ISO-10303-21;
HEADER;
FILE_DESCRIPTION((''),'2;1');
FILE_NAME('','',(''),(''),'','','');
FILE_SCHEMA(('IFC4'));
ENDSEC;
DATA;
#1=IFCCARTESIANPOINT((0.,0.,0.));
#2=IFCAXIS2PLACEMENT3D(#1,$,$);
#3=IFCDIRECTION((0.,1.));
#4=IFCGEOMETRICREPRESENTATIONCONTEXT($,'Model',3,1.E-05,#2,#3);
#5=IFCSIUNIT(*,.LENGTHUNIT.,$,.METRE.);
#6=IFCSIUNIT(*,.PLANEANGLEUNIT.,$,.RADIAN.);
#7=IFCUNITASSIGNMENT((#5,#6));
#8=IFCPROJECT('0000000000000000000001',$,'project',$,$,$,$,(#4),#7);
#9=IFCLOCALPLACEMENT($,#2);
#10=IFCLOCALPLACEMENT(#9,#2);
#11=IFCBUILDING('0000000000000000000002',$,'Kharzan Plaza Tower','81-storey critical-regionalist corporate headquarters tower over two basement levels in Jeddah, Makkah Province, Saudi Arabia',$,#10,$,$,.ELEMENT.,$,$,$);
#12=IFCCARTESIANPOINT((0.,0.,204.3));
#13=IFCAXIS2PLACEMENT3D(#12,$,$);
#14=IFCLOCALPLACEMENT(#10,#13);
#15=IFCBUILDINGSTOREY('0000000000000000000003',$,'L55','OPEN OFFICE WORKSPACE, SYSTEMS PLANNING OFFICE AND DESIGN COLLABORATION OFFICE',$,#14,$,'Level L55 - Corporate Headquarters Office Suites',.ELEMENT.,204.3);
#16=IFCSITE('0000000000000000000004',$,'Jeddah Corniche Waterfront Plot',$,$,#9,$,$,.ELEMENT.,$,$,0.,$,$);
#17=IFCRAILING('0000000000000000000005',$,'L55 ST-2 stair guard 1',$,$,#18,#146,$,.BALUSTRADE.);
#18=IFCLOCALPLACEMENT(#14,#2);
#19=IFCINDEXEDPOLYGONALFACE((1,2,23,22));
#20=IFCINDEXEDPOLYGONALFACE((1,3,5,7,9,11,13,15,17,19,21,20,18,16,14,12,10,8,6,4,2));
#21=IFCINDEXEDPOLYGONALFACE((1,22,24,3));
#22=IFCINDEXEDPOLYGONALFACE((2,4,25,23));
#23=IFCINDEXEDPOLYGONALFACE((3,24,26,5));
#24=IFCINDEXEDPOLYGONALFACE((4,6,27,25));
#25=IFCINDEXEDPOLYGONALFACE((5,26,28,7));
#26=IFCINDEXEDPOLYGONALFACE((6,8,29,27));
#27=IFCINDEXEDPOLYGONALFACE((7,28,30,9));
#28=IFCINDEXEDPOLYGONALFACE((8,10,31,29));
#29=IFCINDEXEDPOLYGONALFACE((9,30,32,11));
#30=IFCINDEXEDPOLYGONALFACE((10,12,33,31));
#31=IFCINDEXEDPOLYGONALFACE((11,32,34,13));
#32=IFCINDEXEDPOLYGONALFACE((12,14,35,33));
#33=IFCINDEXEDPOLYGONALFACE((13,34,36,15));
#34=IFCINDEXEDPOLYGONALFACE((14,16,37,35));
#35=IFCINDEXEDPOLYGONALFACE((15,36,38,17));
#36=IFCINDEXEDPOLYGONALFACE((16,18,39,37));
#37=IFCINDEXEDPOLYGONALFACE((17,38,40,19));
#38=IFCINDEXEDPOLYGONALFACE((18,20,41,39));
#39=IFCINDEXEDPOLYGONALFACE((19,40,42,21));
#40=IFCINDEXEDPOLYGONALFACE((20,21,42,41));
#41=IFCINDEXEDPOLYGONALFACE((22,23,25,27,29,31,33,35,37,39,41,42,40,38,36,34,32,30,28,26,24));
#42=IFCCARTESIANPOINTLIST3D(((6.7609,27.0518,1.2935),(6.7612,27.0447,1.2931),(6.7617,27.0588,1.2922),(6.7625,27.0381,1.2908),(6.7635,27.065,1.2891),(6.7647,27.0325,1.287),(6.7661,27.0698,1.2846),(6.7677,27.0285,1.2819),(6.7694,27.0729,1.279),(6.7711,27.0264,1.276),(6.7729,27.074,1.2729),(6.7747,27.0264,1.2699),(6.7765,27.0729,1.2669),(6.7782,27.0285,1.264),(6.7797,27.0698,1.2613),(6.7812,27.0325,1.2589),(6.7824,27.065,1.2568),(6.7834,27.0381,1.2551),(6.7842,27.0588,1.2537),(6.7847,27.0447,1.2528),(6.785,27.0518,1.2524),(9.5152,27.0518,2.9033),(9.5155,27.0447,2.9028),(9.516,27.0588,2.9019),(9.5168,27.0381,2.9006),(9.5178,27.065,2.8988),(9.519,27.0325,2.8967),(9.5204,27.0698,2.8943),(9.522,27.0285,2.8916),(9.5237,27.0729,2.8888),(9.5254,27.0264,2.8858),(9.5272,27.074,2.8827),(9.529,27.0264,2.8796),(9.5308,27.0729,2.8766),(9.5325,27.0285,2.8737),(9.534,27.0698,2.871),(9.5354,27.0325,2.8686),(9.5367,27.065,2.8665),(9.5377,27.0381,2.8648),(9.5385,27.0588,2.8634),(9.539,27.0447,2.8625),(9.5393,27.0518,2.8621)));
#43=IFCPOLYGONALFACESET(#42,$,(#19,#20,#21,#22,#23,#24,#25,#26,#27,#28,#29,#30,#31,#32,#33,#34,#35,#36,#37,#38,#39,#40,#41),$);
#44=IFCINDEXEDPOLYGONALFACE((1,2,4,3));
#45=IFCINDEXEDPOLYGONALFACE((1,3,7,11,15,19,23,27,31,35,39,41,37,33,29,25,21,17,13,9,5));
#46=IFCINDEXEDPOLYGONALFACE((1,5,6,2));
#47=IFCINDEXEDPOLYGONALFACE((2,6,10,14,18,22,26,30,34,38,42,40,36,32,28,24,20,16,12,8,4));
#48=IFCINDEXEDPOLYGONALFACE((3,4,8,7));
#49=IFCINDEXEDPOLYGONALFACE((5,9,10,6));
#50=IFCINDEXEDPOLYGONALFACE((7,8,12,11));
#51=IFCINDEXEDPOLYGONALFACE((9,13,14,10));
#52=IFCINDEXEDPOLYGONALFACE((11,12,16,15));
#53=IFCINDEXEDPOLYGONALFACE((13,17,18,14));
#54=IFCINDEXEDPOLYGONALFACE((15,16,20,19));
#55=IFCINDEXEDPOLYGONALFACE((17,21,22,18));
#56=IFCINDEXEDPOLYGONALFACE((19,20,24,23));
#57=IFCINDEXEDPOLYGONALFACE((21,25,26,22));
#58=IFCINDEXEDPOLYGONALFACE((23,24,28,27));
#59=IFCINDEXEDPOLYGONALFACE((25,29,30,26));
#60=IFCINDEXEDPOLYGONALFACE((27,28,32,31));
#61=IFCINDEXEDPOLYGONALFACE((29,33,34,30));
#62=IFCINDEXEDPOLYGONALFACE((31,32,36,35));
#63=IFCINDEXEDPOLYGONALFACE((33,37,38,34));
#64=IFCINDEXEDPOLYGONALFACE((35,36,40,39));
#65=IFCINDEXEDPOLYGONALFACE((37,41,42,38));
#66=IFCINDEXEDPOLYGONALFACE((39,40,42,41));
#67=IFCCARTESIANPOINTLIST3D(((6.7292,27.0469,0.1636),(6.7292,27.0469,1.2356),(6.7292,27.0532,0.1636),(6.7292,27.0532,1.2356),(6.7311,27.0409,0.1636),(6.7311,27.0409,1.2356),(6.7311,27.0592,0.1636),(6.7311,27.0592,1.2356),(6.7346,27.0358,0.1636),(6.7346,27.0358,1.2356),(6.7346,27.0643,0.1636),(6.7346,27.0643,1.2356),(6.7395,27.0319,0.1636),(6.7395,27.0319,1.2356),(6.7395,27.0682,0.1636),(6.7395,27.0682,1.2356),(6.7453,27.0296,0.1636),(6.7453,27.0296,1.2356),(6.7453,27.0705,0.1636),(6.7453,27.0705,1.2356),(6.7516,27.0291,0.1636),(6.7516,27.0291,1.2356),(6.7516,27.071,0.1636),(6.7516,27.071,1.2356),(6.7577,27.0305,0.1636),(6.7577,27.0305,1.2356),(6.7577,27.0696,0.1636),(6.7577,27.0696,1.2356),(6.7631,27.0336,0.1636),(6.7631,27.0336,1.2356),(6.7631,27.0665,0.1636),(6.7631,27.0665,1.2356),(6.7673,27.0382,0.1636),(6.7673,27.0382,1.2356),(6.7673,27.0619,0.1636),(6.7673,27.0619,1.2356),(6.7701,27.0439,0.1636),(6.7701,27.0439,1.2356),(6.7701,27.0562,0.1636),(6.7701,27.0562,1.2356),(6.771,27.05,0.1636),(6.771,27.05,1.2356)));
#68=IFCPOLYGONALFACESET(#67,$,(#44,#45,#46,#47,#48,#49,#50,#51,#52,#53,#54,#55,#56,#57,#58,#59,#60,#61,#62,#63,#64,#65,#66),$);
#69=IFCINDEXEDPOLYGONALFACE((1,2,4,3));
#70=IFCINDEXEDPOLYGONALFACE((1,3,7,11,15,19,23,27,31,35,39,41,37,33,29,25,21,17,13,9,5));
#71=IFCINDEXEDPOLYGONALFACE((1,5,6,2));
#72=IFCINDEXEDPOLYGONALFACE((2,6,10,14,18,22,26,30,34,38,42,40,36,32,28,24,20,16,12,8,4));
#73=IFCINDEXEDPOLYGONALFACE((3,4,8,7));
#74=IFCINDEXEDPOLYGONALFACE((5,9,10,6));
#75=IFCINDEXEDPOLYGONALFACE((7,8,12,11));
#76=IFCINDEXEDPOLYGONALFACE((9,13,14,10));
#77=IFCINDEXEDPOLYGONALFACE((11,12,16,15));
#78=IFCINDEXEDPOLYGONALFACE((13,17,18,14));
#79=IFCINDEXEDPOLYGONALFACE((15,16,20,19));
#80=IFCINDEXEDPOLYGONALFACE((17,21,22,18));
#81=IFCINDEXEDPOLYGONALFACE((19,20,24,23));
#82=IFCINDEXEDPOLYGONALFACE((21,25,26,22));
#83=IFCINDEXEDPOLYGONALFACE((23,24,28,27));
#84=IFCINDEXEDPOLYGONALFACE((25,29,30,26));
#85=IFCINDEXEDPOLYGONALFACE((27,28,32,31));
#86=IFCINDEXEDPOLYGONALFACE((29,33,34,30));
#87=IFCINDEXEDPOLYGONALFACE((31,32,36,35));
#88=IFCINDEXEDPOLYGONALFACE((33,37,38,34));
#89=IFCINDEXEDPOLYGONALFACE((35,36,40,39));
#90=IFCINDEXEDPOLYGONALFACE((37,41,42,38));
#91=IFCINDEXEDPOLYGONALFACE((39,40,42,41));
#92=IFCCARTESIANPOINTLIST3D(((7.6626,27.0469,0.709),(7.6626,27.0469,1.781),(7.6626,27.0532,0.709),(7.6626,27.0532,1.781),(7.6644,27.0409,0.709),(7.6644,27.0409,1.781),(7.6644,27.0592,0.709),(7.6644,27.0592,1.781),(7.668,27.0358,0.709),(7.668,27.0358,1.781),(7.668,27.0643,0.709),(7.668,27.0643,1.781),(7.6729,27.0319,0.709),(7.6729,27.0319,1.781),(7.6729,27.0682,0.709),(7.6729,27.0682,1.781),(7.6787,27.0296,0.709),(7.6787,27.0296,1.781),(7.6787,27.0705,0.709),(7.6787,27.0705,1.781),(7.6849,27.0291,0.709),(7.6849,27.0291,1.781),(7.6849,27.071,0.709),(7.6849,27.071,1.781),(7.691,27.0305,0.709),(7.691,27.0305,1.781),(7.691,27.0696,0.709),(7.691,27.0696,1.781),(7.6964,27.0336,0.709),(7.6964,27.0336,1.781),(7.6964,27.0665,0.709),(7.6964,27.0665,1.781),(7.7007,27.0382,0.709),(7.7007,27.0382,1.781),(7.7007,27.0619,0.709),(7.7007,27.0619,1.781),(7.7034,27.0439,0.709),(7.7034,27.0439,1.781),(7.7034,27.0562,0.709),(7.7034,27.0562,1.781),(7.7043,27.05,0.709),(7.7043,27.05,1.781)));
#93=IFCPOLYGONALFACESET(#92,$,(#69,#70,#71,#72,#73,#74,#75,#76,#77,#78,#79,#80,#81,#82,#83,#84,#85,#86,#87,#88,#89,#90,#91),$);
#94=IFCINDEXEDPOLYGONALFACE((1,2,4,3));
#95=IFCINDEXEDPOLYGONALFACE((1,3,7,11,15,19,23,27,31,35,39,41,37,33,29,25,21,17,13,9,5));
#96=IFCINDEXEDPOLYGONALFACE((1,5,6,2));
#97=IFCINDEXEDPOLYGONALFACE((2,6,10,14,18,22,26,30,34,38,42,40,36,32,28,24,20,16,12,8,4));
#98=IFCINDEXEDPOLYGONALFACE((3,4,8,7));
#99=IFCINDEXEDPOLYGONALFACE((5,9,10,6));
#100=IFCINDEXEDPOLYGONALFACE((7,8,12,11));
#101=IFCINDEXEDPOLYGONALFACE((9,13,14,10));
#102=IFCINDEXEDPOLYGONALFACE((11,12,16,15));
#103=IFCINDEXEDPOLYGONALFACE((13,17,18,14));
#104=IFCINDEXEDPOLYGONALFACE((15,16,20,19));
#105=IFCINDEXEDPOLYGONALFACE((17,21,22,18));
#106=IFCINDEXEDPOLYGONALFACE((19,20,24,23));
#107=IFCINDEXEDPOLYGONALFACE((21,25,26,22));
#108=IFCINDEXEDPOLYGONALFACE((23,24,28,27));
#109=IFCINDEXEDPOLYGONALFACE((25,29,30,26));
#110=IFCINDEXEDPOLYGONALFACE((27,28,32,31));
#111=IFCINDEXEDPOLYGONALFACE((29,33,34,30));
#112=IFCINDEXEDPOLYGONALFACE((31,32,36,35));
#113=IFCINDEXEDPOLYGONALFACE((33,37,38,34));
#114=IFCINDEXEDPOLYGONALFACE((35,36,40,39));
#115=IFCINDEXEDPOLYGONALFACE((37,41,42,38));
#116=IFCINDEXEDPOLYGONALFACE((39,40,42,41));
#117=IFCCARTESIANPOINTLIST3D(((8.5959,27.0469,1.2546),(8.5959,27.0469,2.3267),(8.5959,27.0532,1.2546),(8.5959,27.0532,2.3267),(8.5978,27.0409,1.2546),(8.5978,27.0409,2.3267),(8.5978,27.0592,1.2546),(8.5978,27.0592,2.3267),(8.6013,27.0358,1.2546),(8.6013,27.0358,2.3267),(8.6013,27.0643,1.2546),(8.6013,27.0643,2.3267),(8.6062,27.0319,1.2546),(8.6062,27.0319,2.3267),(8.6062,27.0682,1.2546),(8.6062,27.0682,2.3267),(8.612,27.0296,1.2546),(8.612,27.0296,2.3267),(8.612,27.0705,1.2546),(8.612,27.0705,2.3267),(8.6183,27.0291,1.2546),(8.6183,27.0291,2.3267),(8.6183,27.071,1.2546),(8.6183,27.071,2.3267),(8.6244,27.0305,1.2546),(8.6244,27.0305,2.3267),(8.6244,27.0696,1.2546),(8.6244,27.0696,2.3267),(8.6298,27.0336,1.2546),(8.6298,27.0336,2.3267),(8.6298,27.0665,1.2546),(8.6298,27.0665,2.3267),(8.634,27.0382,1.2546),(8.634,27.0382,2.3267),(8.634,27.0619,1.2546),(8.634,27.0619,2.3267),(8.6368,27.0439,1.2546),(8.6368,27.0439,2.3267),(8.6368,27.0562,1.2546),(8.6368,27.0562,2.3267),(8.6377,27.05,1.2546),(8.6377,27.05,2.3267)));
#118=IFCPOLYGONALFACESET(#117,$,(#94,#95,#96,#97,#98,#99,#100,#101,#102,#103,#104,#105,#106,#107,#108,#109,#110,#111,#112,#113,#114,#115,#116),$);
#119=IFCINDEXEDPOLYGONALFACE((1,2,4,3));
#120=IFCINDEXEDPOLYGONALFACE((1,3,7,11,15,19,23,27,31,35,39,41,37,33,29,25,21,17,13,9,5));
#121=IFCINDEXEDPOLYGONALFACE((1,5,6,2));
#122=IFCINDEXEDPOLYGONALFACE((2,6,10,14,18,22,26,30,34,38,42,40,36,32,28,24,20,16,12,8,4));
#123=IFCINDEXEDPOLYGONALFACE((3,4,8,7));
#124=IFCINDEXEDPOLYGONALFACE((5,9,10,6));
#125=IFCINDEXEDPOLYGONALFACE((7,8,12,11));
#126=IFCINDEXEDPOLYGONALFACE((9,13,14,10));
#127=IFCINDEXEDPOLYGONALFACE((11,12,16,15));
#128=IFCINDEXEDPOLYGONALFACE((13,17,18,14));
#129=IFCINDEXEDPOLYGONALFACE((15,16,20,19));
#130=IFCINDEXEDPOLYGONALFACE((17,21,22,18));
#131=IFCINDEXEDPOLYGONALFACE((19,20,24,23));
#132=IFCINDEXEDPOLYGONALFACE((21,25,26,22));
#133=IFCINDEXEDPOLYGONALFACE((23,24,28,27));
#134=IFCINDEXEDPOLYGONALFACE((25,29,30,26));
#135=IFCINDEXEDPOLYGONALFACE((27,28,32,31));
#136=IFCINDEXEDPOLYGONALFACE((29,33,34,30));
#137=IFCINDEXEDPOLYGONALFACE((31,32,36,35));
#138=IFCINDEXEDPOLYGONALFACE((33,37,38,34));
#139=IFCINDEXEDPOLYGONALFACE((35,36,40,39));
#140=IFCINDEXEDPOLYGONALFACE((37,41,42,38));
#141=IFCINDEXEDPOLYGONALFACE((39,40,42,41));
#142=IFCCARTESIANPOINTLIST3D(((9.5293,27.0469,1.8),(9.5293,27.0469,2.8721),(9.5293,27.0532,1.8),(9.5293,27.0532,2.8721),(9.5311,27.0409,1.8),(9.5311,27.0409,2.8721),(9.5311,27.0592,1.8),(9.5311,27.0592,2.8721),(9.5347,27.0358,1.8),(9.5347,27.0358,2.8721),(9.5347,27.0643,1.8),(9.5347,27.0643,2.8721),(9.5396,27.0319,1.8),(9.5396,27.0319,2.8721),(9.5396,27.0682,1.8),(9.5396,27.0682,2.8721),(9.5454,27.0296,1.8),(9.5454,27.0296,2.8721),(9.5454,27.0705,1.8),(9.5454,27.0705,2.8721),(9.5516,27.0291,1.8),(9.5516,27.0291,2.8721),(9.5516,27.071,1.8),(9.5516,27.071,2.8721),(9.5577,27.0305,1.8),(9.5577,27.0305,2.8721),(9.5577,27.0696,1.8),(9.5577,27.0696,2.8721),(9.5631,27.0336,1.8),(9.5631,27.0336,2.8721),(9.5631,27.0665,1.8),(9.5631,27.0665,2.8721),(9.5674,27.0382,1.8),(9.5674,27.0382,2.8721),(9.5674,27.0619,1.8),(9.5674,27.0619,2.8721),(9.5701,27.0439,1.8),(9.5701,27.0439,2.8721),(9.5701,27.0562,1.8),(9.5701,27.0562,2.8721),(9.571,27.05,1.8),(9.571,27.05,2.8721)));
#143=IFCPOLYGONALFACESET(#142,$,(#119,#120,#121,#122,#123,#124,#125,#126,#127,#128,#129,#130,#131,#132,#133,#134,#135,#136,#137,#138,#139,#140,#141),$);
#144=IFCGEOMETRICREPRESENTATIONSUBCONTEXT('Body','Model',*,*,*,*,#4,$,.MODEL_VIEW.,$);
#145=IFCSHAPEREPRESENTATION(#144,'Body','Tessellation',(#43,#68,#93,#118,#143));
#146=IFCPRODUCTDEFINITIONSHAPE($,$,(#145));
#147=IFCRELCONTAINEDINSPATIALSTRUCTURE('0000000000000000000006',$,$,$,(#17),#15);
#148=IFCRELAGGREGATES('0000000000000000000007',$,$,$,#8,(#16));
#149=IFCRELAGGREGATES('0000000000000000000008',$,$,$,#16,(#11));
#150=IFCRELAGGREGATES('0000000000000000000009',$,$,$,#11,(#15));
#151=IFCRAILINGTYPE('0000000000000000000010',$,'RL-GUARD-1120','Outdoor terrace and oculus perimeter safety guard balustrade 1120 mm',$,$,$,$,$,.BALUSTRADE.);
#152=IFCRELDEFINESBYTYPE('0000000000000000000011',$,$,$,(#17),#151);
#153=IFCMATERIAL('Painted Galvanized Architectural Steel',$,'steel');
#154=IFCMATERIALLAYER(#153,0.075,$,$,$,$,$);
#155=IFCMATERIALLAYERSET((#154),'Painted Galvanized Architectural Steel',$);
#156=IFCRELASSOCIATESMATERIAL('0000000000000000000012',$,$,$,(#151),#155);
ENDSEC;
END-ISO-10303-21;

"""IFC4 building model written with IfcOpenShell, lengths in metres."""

from ifc_helpers import new_model, si_unit, direction, frame, origin, origin_2d, place, context, subcontext, project, spatial, circle, extrude, source, transform, mapped, material, layer, layer_set, type_object, element, save


model = new_model("IFC4")

# Units and contexts
model_context = context("Model", 3, precision=1e-05, world=origin(), true_north=direction((0.0, 1.0)))
body_context = subcontext(model_context, "Body", "Model", "MODEL_VIEW")
ifc_project = project(units=[si_unit("LENGTHUNIT", "METRE"), si_unit("PLANEANGLEUNIT", "RADIAN")], contexts=[model_context])

# Site, building, storey
site_placement = place(None, origin())
site = spatial("IfcSite", under=ifc_project, at=site_placement, Name="Jeddah Corniche Waterfront Plot", CompositionType="ELEMENT", RefElevation=0.0)
building_placement = place(site_placement, origin())
building = spatial("IfcBuilding", under=site, at=building_placement, Name="Kharzan Plaza Tower", Description="81-storey critical-regionalist corporate headquarters tower over two basement levels in Jeddah, Makkah Province, Saudi Arabia", CompositionType="ELEMENT")
storey_placement = place(building_placement, frame((0.0, 0.0, 204.3)))
storey = spatial("IfcBuildingStorey", under=building, at=storey_placement, Name="L55", Description="OPEN OFFICE WORKSPACE, SYSTEMS PLANNING OFFICE AND DESIGN COLLABORATION OFFICE", LongName="Level L55 - Corporate Headquarters Office Suites", CompositionType="ELEMENT", Elevation=204.3)

# Railing
ifc_material_1 = material(Name="Painted Galvanized Architectural Steel", Category="steel")
ifc_layer_1 = layer(ifc_material_1, 0.075)
ifc_layer_set_1 = layer_set([ifc_layer_1], Name="Painted Galvanized Architectural Steel")
railing_type_1 = type_object("IfcRailingType", Name="RL-GUARD-1120", Description="Outdoor terrace and oculus perimeter safety guard balustrade 1120 mm", PredefinedType="BALUSTRADE", material=ifc_layer_set_1)
shared_shape_1 = source(origin(), body_context, "Body", "SweptSolid", [
    extrude(circle(Radius=0.0239, at=origin_2d()), frame((0.0229, 0.0, 1.1094), z_axis=(0.863361, 0.0, 0.504587), x_axis=(0.0, 1.0, 0.0)), (0.0, 0.0, 1.0), 3.1902),
    extrude(circle(Radius=0.021, at=origin_2d()), origin(), (0.0, 0.0, 1.0), 1.072),
    extrude(circle(Radius=0.021, at=origin_2d()), frame((0.9333, 0.0, 0.5454)), (0.0, 0.0, 1.0), 1.072),
    extrude(circle(Radius=0.021, at=origin_2d()), frame((1.8667, 0.0, 1.0911)), (0.0, 0.0, 1.0), 1.072),
    extrude(circle(Radius=0.021, at=origin_2d()), frame((2.8, 0.0, 1.6365)), (0.0, 0.0, 1.0), 1.072),
])
railing_1_placement = place(storey_placement, frame((6.75, 27.05, 0.1636)))
element("IfcRailing", 1, at=railing_1_placement, inside=storey, type_object=railing_type_1, Name="L55 ST-2 stair guard 1", PredefinedType="BALUSTRADE", context=body_context, shape_type="MappedRepresentation", body=[
    mapped(shared_shape_1, transform((0.0, 0.0, 0.0), x_axis=(1.0, 0.0, 0.0), y_axis=(0.0, 1.0, 0.0), z_axis=(0.0, 0.0, 1.0))),
])

save(model, "model.ifc")
